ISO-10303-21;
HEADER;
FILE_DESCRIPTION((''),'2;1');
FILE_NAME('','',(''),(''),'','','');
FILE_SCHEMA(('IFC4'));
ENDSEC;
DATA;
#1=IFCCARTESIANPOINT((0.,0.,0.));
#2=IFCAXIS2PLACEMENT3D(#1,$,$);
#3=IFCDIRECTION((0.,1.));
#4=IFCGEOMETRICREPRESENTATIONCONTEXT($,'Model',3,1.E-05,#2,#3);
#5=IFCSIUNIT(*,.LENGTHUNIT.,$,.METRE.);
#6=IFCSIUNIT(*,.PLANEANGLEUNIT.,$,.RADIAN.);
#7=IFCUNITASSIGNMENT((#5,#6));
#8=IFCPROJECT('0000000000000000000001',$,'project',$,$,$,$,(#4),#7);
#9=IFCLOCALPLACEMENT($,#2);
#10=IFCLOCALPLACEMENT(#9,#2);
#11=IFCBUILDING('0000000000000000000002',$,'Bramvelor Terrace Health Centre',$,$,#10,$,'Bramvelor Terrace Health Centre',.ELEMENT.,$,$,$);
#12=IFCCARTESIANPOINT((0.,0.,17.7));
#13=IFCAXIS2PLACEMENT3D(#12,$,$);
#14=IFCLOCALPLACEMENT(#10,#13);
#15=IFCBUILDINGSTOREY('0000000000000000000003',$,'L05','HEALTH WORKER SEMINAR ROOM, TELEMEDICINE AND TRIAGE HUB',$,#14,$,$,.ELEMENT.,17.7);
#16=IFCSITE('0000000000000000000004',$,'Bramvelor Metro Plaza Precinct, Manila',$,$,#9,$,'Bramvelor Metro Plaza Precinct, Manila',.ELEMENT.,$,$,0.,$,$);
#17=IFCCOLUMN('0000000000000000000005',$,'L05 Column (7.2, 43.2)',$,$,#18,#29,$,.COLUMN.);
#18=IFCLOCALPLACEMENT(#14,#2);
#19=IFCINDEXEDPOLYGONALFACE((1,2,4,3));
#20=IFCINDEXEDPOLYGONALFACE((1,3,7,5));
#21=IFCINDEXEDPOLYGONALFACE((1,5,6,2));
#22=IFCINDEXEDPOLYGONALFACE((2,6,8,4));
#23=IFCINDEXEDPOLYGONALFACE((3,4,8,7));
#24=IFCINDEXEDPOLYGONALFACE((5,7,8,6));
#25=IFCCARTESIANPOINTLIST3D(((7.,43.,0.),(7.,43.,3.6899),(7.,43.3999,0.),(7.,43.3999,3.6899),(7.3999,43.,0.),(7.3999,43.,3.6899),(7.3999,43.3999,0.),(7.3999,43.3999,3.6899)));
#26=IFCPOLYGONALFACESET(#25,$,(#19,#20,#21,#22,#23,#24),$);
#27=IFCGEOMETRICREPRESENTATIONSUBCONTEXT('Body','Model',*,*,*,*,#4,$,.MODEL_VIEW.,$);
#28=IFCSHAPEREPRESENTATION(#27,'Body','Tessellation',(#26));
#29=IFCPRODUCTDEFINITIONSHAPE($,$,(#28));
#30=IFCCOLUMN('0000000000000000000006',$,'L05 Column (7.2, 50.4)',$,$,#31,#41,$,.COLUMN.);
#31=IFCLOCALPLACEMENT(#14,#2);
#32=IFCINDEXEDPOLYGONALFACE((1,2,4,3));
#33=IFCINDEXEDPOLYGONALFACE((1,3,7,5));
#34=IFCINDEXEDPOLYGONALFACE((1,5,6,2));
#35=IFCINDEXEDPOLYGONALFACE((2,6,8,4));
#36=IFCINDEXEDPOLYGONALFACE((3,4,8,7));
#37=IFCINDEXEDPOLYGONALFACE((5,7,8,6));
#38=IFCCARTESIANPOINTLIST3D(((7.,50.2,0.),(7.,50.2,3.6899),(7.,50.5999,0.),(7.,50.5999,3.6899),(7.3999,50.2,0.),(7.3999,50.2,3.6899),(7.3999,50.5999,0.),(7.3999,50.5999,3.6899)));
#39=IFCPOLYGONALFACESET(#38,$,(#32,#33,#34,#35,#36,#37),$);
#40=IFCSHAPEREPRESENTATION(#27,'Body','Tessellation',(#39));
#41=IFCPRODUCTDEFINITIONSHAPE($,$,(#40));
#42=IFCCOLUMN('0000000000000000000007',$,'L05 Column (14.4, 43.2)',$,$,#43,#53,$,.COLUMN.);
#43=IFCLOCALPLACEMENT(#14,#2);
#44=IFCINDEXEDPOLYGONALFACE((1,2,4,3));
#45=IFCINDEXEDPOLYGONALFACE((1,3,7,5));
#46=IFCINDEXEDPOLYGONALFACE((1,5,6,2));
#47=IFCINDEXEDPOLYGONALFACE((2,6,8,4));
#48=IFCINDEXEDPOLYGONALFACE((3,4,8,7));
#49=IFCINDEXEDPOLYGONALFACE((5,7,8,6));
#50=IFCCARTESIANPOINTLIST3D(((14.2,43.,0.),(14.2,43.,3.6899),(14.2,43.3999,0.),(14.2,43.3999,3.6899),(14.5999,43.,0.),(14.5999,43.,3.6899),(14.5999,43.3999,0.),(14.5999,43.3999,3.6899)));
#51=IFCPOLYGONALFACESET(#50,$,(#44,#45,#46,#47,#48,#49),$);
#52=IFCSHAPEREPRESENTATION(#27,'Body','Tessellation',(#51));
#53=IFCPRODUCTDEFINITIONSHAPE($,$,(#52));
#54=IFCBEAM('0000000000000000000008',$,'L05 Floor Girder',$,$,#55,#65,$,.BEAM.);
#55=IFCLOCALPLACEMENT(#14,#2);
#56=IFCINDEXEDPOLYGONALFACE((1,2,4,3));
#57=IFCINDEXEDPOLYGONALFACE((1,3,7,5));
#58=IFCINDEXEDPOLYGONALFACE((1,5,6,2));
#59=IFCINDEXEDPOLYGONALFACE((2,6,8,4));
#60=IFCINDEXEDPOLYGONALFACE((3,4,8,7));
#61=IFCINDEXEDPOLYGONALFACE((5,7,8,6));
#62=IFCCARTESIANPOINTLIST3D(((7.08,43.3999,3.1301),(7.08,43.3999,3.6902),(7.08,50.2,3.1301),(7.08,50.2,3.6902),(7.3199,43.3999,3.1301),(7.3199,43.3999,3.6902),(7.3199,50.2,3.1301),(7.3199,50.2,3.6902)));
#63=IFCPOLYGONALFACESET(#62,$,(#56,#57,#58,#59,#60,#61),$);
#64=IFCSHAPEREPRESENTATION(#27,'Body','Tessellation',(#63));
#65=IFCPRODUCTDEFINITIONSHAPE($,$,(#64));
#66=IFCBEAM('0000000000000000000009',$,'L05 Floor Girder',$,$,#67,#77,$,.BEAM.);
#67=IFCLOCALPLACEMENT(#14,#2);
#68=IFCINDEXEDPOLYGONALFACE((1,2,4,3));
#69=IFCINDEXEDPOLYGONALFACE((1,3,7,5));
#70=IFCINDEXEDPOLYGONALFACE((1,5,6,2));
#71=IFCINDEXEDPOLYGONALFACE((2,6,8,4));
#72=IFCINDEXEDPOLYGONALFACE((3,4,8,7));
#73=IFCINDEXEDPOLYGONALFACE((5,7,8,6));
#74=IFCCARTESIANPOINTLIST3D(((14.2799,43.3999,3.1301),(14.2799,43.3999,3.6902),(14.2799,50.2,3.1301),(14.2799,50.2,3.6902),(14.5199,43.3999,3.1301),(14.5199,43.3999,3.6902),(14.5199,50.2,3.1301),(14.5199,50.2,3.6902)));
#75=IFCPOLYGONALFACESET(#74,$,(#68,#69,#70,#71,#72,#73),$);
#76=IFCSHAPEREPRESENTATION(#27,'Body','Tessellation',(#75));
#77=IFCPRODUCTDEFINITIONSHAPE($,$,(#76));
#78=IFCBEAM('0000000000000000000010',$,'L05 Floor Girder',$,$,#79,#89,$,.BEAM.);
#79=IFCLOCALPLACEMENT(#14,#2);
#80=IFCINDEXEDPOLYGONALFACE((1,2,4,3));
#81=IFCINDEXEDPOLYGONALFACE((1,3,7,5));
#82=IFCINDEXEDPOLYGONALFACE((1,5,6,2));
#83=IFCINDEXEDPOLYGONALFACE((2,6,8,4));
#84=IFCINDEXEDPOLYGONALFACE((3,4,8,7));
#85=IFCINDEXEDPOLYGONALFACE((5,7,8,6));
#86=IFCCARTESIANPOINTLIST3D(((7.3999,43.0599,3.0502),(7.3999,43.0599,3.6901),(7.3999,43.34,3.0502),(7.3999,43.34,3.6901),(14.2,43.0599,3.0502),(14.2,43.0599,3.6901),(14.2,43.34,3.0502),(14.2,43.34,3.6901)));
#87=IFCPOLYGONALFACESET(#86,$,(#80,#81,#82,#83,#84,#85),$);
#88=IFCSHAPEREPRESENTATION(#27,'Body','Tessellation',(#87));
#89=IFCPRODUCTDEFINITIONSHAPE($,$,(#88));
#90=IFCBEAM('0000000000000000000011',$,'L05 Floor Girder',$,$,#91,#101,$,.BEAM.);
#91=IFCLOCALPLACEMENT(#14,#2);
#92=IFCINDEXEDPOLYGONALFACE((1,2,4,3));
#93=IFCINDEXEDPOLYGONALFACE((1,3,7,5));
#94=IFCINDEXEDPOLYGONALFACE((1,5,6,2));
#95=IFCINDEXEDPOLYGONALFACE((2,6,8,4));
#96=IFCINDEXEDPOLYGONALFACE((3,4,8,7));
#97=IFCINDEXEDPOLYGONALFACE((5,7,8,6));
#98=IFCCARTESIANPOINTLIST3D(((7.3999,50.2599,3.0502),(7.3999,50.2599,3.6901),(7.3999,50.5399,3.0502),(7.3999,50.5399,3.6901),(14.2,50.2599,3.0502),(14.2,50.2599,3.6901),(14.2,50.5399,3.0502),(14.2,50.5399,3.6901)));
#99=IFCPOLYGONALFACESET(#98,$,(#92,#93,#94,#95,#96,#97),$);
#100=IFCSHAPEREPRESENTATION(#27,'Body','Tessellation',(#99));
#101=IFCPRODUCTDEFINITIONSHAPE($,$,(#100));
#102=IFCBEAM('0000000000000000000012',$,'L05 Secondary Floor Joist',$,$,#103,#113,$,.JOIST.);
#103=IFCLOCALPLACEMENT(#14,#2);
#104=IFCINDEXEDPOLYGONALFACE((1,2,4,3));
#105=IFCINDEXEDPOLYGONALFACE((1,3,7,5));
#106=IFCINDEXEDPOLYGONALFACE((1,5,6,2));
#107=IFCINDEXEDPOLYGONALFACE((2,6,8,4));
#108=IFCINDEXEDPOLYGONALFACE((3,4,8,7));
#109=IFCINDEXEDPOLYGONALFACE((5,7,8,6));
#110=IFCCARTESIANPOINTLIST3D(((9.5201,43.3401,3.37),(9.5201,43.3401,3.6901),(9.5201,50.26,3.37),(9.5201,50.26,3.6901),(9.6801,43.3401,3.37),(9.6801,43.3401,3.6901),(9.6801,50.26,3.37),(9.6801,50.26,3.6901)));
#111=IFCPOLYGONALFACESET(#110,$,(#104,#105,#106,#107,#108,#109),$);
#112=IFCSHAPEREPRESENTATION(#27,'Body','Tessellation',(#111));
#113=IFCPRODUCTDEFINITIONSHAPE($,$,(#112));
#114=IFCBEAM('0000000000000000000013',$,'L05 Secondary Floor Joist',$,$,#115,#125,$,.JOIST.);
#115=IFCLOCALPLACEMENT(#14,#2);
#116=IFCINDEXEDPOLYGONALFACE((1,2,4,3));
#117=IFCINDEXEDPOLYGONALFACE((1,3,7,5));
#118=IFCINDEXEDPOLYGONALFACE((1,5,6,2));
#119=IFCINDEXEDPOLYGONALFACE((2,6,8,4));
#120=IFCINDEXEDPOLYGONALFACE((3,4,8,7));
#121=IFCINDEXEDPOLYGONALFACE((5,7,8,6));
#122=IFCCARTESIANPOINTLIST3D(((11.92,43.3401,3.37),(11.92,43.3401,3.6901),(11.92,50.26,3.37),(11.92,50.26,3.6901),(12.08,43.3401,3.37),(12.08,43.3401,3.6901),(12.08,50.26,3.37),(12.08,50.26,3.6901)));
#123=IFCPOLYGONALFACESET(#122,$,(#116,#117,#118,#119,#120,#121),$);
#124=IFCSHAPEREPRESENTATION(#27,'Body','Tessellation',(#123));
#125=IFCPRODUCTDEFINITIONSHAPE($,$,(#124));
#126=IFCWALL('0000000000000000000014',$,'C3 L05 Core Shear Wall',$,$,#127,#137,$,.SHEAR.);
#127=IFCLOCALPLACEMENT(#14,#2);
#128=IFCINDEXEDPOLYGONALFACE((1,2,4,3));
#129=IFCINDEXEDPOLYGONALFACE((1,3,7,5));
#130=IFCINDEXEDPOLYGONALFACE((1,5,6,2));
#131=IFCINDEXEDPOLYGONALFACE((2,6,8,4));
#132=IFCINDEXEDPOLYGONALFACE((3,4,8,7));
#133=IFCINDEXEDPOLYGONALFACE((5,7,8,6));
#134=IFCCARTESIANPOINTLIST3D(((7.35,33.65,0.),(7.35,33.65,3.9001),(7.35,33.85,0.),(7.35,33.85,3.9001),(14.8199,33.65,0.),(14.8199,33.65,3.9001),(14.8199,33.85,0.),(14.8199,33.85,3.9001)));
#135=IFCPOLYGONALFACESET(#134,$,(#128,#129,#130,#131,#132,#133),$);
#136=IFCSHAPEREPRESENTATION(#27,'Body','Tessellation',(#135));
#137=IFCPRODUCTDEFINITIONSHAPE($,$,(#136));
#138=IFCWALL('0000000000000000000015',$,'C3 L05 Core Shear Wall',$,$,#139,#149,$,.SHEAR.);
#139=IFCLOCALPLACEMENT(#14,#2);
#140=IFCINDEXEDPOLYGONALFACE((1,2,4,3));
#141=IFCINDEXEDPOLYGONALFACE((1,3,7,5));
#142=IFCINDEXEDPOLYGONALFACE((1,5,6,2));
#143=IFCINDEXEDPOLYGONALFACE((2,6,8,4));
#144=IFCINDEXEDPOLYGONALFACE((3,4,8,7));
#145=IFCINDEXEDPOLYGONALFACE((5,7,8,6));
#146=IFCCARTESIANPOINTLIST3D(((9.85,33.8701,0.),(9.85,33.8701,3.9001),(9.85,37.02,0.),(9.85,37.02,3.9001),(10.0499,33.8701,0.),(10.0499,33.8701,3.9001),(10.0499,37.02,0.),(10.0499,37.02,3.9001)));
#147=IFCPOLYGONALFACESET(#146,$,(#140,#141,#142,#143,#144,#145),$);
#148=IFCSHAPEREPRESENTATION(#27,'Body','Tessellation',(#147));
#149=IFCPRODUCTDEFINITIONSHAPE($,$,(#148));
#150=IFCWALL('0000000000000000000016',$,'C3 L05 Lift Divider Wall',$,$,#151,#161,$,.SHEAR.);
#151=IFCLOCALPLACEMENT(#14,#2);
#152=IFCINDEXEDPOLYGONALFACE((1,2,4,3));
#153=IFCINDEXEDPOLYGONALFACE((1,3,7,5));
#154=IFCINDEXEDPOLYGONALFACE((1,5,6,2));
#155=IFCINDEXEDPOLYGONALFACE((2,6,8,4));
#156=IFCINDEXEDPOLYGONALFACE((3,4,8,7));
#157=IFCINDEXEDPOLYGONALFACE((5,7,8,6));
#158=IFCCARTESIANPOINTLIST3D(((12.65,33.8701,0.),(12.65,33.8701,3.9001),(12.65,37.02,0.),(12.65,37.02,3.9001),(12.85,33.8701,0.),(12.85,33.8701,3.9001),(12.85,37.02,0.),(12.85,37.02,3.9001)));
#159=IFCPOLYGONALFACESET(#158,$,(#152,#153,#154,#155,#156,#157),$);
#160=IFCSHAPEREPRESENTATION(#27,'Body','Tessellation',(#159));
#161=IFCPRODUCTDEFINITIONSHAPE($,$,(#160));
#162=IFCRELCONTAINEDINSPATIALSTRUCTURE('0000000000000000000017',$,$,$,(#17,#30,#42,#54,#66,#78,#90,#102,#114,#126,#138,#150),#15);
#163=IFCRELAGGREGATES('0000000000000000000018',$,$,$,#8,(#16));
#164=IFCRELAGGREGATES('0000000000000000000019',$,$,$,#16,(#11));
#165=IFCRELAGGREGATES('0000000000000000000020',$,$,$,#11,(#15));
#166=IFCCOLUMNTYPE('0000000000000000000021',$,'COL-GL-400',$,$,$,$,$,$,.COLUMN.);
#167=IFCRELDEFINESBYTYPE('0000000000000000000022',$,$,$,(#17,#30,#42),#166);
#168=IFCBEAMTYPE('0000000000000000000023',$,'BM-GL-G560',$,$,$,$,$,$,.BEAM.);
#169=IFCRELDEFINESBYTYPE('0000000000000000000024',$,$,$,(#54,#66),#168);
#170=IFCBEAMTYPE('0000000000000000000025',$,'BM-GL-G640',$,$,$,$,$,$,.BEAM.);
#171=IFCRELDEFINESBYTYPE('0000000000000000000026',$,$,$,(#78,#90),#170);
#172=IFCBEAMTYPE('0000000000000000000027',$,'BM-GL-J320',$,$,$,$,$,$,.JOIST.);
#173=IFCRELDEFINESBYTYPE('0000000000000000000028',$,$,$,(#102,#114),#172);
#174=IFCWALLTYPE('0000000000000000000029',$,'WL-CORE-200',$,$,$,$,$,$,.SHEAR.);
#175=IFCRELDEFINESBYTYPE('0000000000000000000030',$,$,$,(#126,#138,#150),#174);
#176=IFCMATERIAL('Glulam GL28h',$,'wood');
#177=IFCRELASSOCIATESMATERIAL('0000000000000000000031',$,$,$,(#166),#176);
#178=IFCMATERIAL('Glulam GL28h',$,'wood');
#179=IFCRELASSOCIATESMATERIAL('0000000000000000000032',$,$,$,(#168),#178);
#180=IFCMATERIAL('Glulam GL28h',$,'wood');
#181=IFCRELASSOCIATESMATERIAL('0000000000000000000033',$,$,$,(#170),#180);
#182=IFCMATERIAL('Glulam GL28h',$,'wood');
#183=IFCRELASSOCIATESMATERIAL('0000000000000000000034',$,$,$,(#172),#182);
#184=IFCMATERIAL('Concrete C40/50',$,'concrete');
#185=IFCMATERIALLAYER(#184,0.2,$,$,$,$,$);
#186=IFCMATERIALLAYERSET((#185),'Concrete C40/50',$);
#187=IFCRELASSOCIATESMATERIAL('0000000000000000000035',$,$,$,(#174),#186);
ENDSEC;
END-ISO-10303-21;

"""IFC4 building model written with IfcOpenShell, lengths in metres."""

from ifc_helpers import new_model, si_unit, direction, frame, frame_2d, origin, origin_2d, place, context, subcontext, project, spatial, rectangle, extrude, material, layer, layer_set, material_profile, profile_set, type_object, element, save


model = new_model("IFC4")

# Units and contexts
model_context = context("Model", 3, precision=1e-05, world=origin(), true_north=direction((0.0, 1.0)))
body_context = subcontext(model_context, "Body", "Model", "MODEL_VIEW")
ifc_project = project(units=[si_unit("LENGTHUNIT", "METRE"), si_unit("PLANEANGLEUNIT", "RADIAN")], contexts=[model_context])

# Site, building, storey
site_placement = place(None, origin())
site = spatial("IfcSite", under=ifc_project, at=site_placement, Name="Bramvelor Metro Plaza Precinct, Manila", LongName="Bramvelor Metro Plaza Precinct, Manila", CompositionType="ELEMENT", RefElevation=0.0)
building_placement = place(site_placement, origin())
building = spatial("IfcBuilding", under=site, at=building_placement, Name="Bramvelor Terrace Health Centre", LongName="Bramvelor Terrace Health Centre", CompositionType="ELEMENT")
storey_placement = place(building_placement, frame((0.0, 0.0, 17.7)))
storey = spatial("IfcBuildingStorey", under=building, at=storey_placement, Name="L05", Description="HEALTH WORKER SEMINAR ROOM, TELEMEDICINE AND TRIAGE HUB", CompositionType="ELEMENT", Elevation=17.7)

# Columns
ifc_material_1 = material(Name="Glulam GL28h", Category="wood")
ifc_material_profile_1 = material_profile(ifc_material_1, rectangle(XDim=0.3999, YDim=0.3999, at=origin_2d()), Name="GL 400x400")
ifc_profile_set_1 = profile_set([ifc_material_profile_1], Name="Glulam GL28h")
column_type = type_object("IfcColumnType", Name="COL-GL-400", PredefinedType="COLUMN", material=ifc_profile_set_1)
for number, where, z_axis, x_axis, name in (
    (1, (7.2, 43.2, 0.0), (0.0, 0.0, 1.0), (1.0, 0.0, 0.0), "L05 Column (7.2, 43.2)"),
    (2, (7.2, 50.3999, 0.0), (0.0, 0.0, 1.0), (1.0, 0.0, 0.0), "L05 Column (7.2, 50.4)"),
    (3, (14.3999, 43.2, 0.0), (0.0, 0.0, 1.0), (1.0, 0.0, 0.0), "L05 Column (14.4, 43.2)"),
):
    element("IfcColumn", number, at=place(storey_placement, frame(where, z_axis=z_axis, x_axis=x_axis)), inside=storey, type_object=column_type, Name=name, PredefinedType="COLUMN", context=body_context, shape_type="SweptSolid", body=[
        extrude(rectangle(XDim=0.3999, YDim=0.3999, at=origin_2d()), origin(), (0.0, 0.0, 1.0), 3.6899),
    ])

# Beams
ifc_material_2 = material(Name="Glulam GL28h", Category="wood")
ifc_material_profile_2 = material_profile(ifc_material_2, rectangle(XDim=0.24, YDim=0.5601, at=origin_2d()), Name="GL 240x560")
ifc_profile_set_2 = profile_set([ifc_material_profile_2], Name="Glulam GL28h")
beam_type_1 = type_object("IfcBeamType", Name="BM-GL-G560", PredefinedType="BEAM", material=ifc_profile_set_2)
for number, where, z_axis, x_axis, name in (
    (4, (7.2, 43.3999, 3.4102), (0.0, 1.0, 0.0), (-1.0, 0.0, 0.0), "L05 Floor Girder"),
    (5, (14.3999, 43.3999, 3.4102), (0.0, 1.0, 0.0), (-1.0, 0.0, 0.0), "L05 Floor Girder"),
):
    element("IfcBeam", number, at=place(storey_placement, frame(where, z_axis=z_axis, x_axis=x_axis)), inside=storey, type_object=beam_type_1, Name=name, PredefinedType="BEAM", context=body_context, shape_type="SweptSolid", body=[
        extrude(rectangle(XDim=0.24, YDim=0.5601, at=origin_2d()), origin(), (0.0, 0.0, 1.0), 6.8),
    ])
ifc_material_3 = material(Name="Glulam GL28h", Category="wood")
ifc_material_profile_3 = material_profile(ifc_material_3, rectangle(XDim=0.28, YDim=0.6399, at=origin_2d()), Name="GL 280x640")
ifc_profile_set_3 = profile_set([ifc_material_profile_3], Name="Glulam GL28h")
beam_type_2 = type_object("IfcBeamType", Name="BM-GL-G640", PredefinedType="BEAM", material=ifc_profile_set_3)
for number, where, z_axis, x_axis, name in (
    (6, (7.3999, 43.2, 3.3701), (1.0, 0.0, 0.0), (0.0, 1.0, 0.0), "L05 Floor Girder"),
    (7, (7.3999, 50.3999, 3.3701), (1.0, 0.0, 0.0), (0.0, 1.0, 0.0), "L05 Floor Girder"),
):
    element("IfcBeam", number, at=place(storey_placement, frame(where, z_axis=z_axis, x_axis=x_axis)), inside=storey, type_object=beam_type_2, Name=name, PredefinedType="BEAM", context=body_context, shape_type="SweptSolid", body=[
        extrude(rectangle(XDim=0.28, YDim=0.6399, at=origin_2d()), origin(), (0.0, 0.0, 1.0), 6.8),
    ])
ifc_material_4 = material(Name="Glulam GL28h", Category="wood")
ifc_material_profile_4 = material_profile(ifc_material_4, rectangle(XDim=0.1599, YDim=0.3201, at=origin_2d()), Name="GL 160x320")
ifc_profile_set_4 = profile_set([ifc_material_profile_4], Name="Glulam GL28h")
beam_type_3 = type_object("IfcBeamType", Name="BM-GL-J320", PredefinedType="JOIST", material=ifc_profile_set_4)
for number, where, z_axis, x_axis, name in (
    (8, (9.6001, 43.3401, 3.53), (0.0, 1.0, 0.0), (-1.0, 0.0, 0.0), "L05 Secondary Floor Joist"),
    (9, (12.0, 43.3401, 3.53), (0.0, 1.0, 0.0), (-1.0, 0.0, 0.0), "L05 Secondary Floor Joist"),
):
    element("IfcBeam", number, at=place(storey_placement, frame(where, z_axis=z_axis, x_axis=x_axis)), inside=storey, type_object=beam_type_3, Name=name, PredefinedType="JOIST", context=body_context, shape_type="SweptSolid", body=[
        extrude(rectangle(XDim=0.1599, YDim=0.3201, at=origin_2d()), origin(), (0.0, 0.0, 1.0), 6.9199),
    ])

# Walls
ifc_material_5 = material(Name="Concrete C40/50", Category="concrete")
ifc_layer_1 = layer(ifc_material_5, 0.2)
ifc_layer_set_1 = layer_set([ifc_layer_1], Name="Concrete C40/50")
wall_type_1 = type_object("IfcWallType", Name="WL-CORE-200", PredefinedType="SHEAR", material=ifc_layer_set_1)
wall_1_placement = place(storey_placement, frame((7.3501, 33.75, 0.0), z_axis=(0.0, 0.0, 1.0), x_axis=(1.0, 0.0, 0.0)))
element("IfcWall", 10, at=wall_1_placement, inside=storey, type_object=wall_type_1, Name="C3 L05 Core Shear Wall", PredefinedType="SHEAR", context=body_context, shape_type="SweptSolid", body=[
    extrude(rectangle(XDim=7.47, YDim=0.2, at=frame_2d((3.7349, 0.0))), origin(), (0.0, 0.0, 1.0), 3.9001),
])
for number, where, z_axis, x_axis, name in (
    (11, (9.95, 33.8701, 0.0), (0.0, 0.0, 1.0), (0.0, 1.0, 0.0), "C3 L05 Core Shear Wall"),
    (12, (12.75, 33.8701, 0.0), (0.0, 0.0, 1.0), (0.0, 1.0, 0.0), "C3 L05 Lift Divider Wall"),
):
    element("IfcWall", number, at=place(storey_placement, frame(where, z_axis=z_axis, x_axis=x_axis)), inside=storey, type_object=wall_type_1, Name=name, PredefinedType="SHEAR", context=body_context, shape_type="SweptSolid", body=[
        extrude(rectangle(XDim=3.1499, YDim=0.2, at=frame_2d((1.575, 0.0))), origin(), (0.0, 0.0, 1.0), 3.9001),
    ])

save(model, "model.ifc")
